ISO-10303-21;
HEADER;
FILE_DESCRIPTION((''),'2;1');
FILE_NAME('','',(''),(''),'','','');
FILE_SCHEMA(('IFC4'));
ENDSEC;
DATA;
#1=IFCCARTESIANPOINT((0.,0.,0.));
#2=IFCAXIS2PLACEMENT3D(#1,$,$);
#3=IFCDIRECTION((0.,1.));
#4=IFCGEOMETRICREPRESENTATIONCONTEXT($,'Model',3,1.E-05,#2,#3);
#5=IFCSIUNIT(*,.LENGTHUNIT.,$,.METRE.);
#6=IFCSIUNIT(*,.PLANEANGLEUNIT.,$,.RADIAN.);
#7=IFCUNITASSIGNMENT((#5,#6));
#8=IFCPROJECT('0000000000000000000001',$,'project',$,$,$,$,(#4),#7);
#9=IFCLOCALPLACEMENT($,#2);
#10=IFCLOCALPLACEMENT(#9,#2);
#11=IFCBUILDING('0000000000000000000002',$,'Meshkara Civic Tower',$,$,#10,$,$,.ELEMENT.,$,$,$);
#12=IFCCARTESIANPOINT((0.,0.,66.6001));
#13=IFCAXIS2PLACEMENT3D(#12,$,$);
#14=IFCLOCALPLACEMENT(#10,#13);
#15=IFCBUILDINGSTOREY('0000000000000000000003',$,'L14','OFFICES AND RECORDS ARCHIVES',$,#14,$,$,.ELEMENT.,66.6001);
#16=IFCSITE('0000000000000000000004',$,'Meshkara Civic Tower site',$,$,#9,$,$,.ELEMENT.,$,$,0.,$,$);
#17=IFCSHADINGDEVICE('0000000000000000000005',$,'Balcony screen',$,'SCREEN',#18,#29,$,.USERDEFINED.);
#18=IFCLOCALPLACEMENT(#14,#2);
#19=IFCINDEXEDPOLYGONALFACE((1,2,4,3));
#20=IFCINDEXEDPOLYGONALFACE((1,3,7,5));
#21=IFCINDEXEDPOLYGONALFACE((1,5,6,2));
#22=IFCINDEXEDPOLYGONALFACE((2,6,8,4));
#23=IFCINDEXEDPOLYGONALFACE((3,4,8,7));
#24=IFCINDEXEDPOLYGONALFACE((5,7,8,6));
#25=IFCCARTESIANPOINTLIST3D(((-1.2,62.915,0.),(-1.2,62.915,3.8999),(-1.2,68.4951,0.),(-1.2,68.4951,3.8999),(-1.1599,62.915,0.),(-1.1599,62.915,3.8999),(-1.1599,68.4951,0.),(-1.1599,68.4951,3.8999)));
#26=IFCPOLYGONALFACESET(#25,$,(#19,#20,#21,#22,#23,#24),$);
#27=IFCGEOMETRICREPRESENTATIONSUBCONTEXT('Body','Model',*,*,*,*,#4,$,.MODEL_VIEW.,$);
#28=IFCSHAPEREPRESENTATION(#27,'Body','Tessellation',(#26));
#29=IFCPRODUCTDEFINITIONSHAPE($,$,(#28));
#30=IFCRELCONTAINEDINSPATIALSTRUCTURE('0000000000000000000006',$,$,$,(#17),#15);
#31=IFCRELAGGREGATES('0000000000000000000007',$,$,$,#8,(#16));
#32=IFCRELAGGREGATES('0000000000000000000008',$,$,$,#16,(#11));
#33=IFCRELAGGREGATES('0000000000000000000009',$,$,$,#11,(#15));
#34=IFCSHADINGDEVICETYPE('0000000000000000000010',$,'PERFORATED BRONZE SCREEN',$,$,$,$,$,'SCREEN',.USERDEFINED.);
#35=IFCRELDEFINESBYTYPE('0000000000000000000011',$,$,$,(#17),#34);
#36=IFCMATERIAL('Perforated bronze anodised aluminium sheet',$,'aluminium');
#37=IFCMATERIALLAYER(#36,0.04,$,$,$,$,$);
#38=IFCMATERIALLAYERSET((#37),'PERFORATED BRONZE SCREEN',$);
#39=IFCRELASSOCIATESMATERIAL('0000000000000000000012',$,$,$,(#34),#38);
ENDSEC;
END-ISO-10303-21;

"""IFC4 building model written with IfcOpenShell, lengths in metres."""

from ifc_helpers import new_model, si_unit, direction, frame, origin, origin_2d, place, context, subcontext, project, spatial, rectangle, extrude, material, layer, layer_set, type_object, element, save


model = new_model("IFC4")

# Units and contexts
model_context = context("Model", 3, precision=1e-05, world=origin(), true_north=direction((0.0, 1.0)))
body_context = subcontext(model_context, "Body", "Model", "MODEL_VIEW")
ifc_project = project(units=[si_unit("LENGTHUNIT", "METRE"), si_unit("PLANEANGLEUNIT", "RADIAN")], contexts=[model_context])

# Site, building, storey
site_placement = place(None, origin())
site = spatial("IfcSite", under=ifc_project, at=site_placement, Name="Meshkara Civic Tower site", CompositionType="ELEMENT", RefElevation=0.0)
building_placement = place(site_placement, origin())
building = spatial("IfcBuilding", under=site, at=building_placement, Name="Meshkara Civic Tower", CompositionType="ELEMENT")
storey_placement = place(building_placement, frame((0.0, 0.0, 66.6001)))
storey = spatial("IfcBuildingStorey", under=building, at=storey_placement, Name="L14", Description="OFFICES AND RECORDS ARCHIVES", CompositionType="ELEMENT", Elevation=66.6001)

# Shading device
ifc_material_1 = material(Name="Perforated bronze anodised aluminium sheet", Category="aluminium")
ifc_layer_1 = layer(ifc_material_1, 0.04)
ifc_layer_set_1 = layer_set([ifc_layer_1], Name="PERFORATED BRONZE SCREEN")
shading_device_type_1 = type_object("IfcShadingDeviceType", Name="PERFORATED BRONZE SCREEN", ElementType="SCREEN", PredefinedType="USERDEFINED", material=ifc_layer_set_1)
shading_device_placement = place(storey_placement, frame((-1.1799, 65.7051, 0.0), z_axis=(0.0, 0.0, 1.0), x_axis=(0.0, -1.0, 0.0)))
element("IfcShadingDevice", 1, at=shading_device_placement, inside=storey, type_object=shading_device_type_1, Name="Balcony screen", ObjectType="SCREEN", PredefinedType="USERDEFINED", context=body_context, shape_type="SweptSolid", body=[
    extrude(rectangle(XDim=5.5801, YDim=0.04, at=origin_2d()), origin(), (0.0, 0.0, 1.0), 3.8999),
])

save(model, "model.ifc")
